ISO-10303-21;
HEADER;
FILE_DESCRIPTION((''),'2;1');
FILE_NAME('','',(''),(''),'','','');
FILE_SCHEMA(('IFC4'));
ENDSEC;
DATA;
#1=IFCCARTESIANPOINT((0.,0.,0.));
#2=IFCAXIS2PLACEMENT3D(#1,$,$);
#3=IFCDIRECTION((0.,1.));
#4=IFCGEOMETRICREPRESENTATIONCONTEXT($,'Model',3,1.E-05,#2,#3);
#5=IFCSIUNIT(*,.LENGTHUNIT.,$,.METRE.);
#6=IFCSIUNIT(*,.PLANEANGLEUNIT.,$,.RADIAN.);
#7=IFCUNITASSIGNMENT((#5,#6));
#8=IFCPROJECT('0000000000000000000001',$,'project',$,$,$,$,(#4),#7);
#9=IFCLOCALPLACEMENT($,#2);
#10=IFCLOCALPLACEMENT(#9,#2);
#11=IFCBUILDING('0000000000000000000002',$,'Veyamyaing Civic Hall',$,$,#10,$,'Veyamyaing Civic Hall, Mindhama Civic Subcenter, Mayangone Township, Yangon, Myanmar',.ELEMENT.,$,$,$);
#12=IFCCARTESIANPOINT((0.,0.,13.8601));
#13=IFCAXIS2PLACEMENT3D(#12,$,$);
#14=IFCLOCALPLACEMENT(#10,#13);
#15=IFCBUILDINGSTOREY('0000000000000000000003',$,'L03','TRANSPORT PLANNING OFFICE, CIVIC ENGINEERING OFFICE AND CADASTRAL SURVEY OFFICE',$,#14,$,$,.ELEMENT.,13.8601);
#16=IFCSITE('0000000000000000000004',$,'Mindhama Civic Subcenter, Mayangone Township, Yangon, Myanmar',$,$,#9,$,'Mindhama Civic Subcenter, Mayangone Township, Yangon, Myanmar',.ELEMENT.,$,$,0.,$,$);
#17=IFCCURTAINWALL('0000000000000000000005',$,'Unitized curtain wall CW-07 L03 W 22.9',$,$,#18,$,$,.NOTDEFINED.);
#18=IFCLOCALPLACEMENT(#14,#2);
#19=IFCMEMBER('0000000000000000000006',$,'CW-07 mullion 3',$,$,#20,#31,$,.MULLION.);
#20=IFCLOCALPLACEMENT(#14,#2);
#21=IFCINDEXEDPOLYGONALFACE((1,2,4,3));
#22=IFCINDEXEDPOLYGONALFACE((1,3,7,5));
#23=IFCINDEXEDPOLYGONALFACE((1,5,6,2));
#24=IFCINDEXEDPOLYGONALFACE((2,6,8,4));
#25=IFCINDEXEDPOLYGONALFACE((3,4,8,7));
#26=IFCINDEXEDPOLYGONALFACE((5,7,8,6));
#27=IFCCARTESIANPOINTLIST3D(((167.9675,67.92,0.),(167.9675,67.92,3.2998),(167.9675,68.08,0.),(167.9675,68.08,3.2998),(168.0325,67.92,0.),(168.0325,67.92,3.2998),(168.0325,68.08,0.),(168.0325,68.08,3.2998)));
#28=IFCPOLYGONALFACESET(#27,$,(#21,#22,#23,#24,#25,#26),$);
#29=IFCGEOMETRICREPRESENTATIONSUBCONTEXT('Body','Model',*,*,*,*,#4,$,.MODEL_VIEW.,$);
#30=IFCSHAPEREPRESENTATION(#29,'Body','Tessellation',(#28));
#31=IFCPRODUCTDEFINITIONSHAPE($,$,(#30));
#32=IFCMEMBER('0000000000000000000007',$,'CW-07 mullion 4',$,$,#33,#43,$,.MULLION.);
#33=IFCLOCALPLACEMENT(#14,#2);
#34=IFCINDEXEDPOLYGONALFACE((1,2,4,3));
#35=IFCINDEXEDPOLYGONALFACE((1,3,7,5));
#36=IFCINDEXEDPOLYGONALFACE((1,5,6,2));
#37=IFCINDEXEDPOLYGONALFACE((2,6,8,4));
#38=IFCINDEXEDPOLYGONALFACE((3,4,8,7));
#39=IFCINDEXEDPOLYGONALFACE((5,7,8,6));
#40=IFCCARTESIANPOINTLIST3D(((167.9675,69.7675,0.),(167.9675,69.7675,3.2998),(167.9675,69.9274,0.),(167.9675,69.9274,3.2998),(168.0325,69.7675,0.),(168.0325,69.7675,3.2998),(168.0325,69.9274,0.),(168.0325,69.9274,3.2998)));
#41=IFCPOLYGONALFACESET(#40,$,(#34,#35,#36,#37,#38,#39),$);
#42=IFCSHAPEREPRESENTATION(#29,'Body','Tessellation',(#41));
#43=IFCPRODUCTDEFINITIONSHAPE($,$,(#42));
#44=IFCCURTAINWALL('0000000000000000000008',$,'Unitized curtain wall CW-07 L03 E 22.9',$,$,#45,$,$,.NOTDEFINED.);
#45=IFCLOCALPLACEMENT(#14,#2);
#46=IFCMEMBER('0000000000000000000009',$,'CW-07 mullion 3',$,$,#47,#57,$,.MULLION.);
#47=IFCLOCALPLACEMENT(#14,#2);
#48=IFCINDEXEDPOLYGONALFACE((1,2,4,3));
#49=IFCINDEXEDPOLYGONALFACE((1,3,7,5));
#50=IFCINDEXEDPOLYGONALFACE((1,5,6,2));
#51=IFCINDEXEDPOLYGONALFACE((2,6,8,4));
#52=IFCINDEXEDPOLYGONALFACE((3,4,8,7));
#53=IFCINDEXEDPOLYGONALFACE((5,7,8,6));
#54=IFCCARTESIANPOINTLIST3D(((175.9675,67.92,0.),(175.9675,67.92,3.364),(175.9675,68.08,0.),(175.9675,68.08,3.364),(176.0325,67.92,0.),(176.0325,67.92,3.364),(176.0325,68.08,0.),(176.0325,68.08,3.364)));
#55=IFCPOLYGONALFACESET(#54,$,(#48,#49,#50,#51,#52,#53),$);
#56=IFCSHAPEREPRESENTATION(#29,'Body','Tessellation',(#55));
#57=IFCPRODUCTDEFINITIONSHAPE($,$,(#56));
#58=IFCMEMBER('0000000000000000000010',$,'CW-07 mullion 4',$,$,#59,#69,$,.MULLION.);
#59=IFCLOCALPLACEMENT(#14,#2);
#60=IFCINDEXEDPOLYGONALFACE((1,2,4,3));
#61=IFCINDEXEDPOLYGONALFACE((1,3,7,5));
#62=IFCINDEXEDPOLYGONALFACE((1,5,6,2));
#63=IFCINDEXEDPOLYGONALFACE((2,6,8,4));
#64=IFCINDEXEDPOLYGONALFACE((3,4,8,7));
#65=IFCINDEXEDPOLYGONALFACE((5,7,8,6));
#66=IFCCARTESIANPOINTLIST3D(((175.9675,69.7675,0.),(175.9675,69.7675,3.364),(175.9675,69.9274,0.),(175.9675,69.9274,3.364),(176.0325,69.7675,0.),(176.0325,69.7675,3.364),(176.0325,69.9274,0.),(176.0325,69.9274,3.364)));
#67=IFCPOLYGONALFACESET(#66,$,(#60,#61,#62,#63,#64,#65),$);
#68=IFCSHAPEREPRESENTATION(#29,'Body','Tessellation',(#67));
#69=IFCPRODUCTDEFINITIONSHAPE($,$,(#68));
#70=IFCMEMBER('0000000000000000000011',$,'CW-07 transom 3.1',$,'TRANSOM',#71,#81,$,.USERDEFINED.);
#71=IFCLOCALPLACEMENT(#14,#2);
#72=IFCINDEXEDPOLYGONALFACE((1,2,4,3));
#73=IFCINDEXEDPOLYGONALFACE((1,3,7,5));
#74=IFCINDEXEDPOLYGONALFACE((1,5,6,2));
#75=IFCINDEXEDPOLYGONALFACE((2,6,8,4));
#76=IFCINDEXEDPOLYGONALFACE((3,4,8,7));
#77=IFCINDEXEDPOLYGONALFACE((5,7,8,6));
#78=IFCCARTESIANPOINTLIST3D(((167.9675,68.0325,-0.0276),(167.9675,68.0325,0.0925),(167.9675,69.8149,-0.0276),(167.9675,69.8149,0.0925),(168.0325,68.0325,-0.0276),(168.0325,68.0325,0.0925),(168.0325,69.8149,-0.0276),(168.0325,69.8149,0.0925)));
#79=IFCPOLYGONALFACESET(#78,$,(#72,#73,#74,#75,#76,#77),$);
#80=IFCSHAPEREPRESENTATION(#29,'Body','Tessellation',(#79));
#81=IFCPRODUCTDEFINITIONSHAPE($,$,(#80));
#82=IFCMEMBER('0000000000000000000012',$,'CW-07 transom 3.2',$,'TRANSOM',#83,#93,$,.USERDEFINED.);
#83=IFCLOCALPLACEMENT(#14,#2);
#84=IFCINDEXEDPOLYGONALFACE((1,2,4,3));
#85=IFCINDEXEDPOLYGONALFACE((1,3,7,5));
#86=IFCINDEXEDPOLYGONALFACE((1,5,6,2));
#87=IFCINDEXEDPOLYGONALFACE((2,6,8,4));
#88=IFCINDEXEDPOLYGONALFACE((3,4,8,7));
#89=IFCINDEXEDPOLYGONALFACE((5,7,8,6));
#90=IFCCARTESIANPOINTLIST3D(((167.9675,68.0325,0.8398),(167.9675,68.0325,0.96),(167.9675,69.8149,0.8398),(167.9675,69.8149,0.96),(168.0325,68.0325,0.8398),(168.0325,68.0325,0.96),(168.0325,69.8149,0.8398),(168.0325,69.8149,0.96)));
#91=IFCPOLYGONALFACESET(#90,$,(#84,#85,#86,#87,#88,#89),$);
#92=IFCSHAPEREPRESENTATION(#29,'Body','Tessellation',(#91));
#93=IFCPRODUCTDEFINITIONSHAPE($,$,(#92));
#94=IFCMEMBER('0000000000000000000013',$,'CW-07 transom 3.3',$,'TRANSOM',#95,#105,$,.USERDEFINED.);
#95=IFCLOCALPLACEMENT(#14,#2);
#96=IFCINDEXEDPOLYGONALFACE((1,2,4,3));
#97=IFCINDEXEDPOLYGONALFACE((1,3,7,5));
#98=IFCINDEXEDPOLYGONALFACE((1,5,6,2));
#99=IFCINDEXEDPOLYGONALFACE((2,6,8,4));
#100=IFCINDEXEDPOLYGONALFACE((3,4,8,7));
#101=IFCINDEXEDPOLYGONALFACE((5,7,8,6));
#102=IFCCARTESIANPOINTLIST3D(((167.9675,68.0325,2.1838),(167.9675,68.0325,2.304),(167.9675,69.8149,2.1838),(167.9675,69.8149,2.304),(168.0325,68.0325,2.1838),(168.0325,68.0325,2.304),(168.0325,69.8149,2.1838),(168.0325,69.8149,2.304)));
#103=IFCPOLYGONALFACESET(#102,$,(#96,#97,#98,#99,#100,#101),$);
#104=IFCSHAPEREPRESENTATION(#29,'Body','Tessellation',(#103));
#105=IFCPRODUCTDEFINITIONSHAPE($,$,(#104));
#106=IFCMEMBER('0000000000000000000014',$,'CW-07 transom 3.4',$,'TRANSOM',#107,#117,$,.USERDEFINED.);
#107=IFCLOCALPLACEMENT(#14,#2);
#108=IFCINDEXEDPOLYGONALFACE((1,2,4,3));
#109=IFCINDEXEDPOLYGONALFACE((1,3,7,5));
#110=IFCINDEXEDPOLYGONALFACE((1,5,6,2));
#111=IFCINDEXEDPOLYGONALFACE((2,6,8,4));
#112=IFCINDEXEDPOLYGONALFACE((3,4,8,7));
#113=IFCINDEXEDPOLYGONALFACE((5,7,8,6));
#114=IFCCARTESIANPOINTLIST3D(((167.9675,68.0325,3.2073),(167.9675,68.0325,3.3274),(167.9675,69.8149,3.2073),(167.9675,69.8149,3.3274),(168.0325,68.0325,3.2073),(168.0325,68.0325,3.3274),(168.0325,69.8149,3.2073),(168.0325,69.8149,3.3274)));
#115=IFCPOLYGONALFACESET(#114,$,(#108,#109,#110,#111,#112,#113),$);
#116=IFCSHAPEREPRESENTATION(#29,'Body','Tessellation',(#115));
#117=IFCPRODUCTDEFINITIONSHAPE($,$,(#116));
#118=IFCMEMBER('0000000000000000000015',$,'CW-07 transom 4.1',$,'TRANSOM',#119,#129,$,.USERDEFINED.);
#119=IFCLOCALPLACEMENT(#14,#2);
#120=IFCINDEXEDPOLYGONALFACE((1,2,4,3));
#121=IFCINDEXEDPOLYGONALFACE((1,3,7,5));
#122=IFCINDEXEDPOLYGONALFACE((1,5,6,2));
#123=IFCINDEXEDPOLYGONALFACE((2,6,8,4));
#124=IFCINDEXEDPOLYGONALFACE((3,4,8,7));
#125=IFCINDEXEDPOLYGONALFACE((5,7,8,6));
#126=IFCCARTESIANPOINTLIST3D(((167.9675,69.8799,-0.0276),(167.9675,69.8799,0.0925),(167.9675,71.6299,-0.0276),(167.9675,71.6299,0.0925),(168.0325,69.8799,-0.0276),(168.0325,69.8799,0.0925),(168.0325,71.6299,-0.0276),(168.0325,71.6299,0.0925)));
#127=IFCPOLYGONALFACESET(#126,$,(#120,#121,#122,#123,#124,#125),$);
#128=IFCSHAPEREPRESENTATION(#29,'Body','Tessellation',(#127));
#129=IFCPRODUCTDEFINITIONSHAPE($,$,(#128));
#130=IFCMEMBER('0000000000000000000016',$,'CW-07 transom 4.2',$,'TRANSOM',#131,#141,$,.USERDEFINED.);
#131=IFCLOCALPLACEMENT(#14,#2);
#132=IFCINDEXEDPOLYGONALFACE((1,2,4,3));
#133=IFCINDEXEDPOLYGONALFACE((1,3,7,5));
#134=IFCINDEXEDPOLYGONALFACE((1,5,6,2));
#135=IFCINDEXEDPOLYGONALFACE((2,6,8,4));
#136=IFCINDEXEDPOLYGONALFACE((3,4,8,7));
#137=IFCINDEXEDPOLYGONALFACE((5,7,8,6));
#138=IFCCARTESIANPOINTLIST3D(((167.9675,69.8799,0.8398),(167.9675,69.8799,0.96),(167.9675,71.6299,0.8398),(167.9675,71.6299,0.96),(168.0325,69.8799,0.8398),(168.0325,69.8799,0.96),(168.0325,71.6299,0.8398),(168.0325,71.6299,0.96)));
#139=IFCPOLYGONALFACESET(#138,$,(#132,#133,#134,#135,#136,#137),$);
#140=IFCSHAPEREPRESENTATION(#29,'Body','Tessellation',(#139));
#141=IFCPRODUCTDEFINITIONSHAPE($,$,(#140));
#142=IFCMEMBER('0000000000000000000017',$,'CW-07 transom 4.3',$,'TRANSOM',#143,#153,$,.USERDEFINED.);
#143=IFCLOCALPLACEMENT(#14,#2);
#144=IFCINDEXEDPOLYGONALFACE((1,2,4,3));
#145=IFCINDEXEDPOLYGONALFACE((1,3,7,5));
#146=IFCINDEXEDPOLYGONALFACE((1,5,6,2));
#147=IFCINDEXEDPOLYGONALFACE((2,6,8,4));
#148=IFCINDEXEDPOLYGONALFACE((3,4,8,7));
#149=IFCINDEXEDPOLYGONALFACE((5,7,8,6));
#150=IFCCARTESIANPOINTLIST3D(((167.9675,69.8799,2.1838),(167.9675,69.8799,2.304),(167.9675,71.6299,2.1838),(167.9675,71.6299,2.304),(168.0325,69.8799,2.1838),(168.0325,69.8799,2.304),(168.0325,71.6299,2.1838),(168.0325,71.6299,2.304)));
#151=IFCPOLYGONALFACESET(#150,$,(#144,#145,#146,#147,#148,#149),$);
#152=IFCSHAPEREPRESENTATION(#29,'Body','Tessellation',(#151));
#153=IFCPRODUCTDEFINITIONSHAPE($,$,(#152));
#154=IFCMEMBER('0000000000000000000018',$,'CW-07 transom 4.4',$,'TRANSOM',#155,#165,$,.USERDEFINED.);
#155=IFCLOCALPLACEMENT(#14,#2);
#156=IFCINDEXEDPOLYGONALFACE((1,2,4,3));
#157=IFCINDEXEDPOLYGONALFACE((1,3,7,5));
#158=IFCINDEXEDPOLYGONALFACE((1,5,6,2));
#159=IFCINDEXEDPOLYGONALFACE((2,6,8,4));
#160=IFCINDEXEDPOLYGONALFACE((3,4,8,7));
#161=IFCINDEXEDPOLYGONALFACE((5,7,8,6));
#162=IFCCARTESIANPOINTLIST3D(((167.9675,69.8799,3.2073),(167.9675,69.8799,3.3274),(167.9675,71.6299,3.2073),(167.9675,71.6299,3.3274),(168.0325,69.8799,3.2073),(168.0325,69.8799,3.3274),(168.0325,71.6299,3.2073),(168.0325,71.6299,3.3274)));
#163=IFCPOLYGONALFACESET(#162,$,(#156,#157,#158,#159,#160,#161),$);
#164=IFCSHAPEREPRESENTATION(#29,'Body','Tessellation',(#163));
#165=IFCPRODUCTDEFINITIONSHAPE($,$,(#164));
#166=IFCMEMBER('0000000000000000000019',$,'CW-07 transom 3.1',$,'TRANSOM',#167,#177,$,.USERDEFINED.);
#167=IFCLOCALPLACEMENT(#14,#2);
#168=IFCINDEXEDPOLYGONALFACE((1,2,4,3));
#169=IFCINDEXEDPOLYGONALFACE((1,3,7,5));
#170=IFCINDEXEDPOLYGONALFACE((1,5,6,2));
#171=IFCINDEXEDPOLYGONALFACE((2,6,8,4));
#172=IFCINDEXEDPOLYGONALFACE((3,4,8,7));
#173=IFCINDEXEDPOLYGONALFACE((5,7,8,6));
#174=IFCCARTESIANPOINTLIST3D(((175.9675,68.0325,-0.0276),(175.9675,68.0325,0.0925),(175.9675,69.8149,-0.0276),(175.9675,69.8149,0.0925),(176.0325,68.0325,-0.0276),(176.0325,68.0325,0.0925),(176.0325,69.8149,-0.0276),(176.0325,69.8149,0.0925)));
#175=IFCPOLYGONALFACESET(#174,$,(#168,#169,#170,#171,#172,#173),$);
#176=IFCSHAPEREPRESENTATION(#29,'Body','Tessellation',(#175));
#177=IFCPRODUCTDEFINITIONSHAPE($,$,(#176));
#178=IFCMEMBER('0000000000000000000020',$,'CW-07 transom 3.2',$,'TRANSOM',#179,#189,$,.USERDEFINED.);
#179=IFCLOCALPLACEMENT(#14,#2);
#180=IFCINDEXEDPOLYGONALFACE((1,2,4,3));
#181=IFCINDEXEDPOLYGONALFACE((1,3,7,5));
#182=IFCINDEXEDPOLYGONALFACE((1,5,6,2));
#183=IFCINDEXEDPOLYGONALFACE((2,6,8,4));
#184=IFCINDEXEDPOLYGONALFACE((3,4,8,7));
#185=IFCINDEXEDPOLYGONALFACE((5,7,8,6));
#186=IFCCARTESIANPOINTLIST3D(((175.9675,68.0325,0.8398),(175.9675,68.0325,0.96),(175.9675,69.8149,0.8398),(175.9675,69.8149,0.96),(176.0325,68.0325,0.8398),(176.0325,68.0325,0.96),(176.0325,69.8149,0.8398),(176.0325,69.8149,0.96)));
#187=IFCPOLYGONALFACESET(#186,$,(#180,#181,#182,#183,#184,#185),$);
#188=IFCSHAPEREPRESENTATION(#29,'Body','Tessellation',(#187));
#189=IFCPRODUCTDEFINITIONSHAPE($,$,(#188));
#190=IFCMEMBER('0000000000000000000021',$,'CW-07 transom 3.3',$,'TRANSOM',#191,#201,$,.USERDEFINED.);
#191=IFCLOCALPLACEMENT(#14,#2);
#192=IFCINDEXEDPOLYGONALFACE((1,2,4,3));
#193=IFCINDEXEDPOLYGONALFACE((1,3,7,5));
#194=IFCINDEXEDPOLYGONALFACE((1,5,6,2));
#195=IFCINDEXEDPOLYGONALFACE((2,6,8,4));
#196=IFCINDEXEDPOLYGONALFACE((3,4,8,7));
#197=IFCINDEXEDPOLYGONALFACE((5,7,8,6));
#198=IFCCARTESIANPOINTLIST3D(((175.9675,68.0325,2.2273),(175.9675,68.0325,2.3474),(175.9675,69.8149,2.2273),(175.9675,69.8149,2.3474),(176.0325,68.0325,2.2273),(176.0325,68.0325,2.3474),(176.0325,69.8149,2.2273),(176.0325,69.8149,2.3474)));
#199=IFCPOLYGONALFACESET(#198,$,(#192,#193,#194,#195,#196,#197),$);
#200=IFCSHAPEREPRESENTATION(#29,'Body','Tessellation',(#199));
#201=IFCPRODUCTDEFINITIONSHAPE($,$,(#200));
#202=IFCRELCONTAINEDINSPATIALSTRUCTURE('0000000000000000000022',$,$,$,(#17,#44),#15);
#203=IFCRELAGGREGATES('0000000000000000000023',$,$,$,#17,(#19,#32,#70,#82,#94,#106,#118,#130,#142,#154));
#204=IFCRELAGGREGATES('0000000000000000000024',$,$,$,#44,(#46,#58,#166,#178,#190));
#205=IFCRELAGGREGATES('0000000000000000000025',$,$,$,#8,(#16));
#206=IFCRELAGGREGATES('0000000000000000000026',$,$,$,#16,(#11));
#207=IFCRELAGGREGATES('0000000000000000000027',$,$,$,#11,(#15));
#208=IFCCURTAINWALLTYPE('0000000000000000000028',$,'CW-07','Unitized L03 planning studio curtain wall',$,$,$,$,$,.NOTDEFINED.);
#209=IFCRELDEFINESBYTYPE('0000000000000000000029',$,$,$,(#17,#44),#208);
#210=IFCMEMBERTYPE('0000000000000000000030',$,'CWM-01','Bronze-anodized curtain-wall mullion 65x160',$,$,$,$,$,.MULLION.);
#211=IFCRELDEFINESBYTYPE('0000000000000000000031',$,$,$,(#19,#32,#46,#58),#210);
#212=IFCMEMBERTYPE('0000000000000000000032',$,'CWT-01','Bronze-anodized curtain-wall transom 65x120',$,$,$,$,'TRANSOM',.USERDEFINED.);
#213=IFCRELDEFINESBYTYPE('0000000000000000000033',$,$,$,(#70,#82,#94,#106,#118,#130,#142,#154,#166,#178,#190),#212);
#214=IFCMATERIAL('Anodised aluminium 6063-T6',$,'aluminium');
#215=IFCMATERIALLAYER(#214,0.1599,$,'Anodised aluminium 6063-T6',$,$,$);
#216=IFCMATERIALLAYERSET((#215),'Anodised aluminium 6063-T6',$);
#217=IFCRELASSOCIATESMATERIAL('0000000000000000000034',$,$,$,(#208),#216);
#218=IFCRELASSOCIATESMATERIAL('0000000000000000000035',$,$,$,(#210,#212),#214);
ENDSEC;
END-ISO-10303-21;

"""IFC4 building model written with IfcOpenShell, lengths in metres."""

from ifc_helpers import new_model, si_unit, direction, frame, origin, origin_2d, place, context, subcontext, project, spatial, rectangle, extrude, material, layer, layer_set, material_profile, profile_set, type_object, element, aggregate, save


model = new_model("IFC4")

# Units and contexts
model_context = context("Model", 3, precision=1e-05, world=origin(), true_north=direction((0.0, 1.0)))
body_context = subcontext(model_context, "Body", "Model", "MODEL_VIEW")
ifc_project = project(units=[si_unit("LENGTHUNIT", "METRE"), si_unit("PLANEANGLEUNIT", "RADIAN")], contexts=[model_context])

# Site, building, storey
site_placement = place(None, origin())
site = spatial("IfcSite", under=ifc_project, at=site_placement, Name="Mindhama Civic Subcenter, Mayangone Township, Yangon, Myanmar", LongName="Mindhama Civic Subcenter, Mayangone Township, Yangon, Myanmar", CompositionType="ELEMENT", RefElevation=0.0)
building_placement = place(site_placement, origin())
building = spatial("IfcBuilding", under=site, at=building_placement, Name="Veyamyaing Civic Hall", LongName="Veyamyaing Civic Hall, Mindhama Civic Subcenter, Mayangone Township, Yangon, Myanmar", CompositionType="ELEMENT")
storey_placement = place(building_placement, frame((0.0, 0.0, 13.8601)))
storey = spatial("IfcBuildingStorey", under=building, at=storey_placement, Name="L03", Description="TRANSPORT PLANNING OFFICE, CIVIC ENGINEERING OFFICE AND CADASTRAL SURVEY OFFICE", CompositionType="ELEMENT", Elevation=13.8601)

# Curtain walls, members
ifc_material_1 = material(Name="Anodised aluminium 6063-T6", Category="aluminium")
ifc_layer_1 = layer(ifc_material_1, 0.1599, Name="Anodised aluminium 6063-T6")
ifc_layer_set_1 = layer_set([ifc_layer_1], Name="Anodised aluminium 6063-T6")
curtain_wall_type = type_object("IfcCurtainWallType", Name="CW-07", Description="Unitized L03 planning studio curtain wall", PredefinedType="NOTDEFINED", material=ifc_layer_set_1)
curtain_wall_1_placement = place(storey_placement, origin())
curtain_wall_1 = element("IfcCurtainWall", 1, at=curtain_wall_1_placement, inside=storey, type_object=curtain_wall_type, Name="Unitized curtain wall CW-07 L03 W 22.9", PredefinedType="NOTDEFINED")
ifc_material_profile_1 = material_profile(ifc_material_1, rectangle(XDim=0.0649, YDim=0.1599, at=origin_2d()), Name="ALU-MUL-65X160")
ifc_profile_set_1 = profile_set([ifc_material_profile_1], Name="Anodised aluminium 6063-T6")
member_type_1 = type_object("IfcMemberType", Name="CWM-01", Description="Bronze-anodized curtain-wall mullion 65x160", PredefinedType="MULLION", material=ifc_profile_set_1)
member_1_placement = place(storey_placement, frame((168.0, 68.0, 0.0), z_axis=(0.0, 0.0, 1.0), x_axis=(-1.0, 0.0, 0.0)))
member_1 = element("IfcMember", 2, at=member_1_placement, type_object=member_type_1, Name="CW-07 mullion 3", PredefinedType="MULLION", context=body_context, shape_type="SweptSolid", body=[
    extrude(rectangle(XDim=0.0649, YDim=0.1599, at=origin_2d()), origin(), (0.0, 0.0, 1.0), 3.2998),
])
member_2_placement = place(storey_placement, frame((168.0, 69.8474, 0.0), z_axis=(0.0, 0.0, 1.0), x_axis=(-1.0, 0.0, 0.0)))
member_2 = element("IfcMember", 3, at=member_2_placement, type_object=member_type_1, Name="CW-07 mullion 4", PredefinedType="MULLION", context=body_context, shape_type="SweptSolid", body=[
    extrude(rectangle(XDim=0.0649, YDim=0.1599, at=origin_2d()), origin(), (0.0, 0.0, 1.0), 3.2998),
])
curtain_wall_2_placement = place(storey_placement, origin())
curtain_wall_2 = element("IfcCurtainWall", 4, at=curtain_wall_2_placement, inside=storey, type_object=curtain_wall_type, Name="Unitized curtain wall CW-07 L03 E 22.9", PredefinedType="NOTDEFINED")
member_3_placement = place(storey_placement, frame((176.0, 68.0, 0.0), z_axis=(0.0, 0.0, 1.0), x_axis=(-1.0, 0.0, 0.0)))
member_3 = element("IfcMember", 5, at=member_3_placement, type_object=member_type_1, Name="CW-07 mullion 3", PredefinedType="MULLION", context=body_context, shape_type="SweptSolid", body=[
    extrude(rectangle(XDim=0.0649, YDim=0.1599, at=origin_2d()), origin(), (0.0, 0.0, 1.0), 3.364),
])
member_4_placement = place(storey_placement, frame((176.0, 69.8474, 0.0), z_axis=(0.0, 0.0, 1.0), x_axis=(-1.0, 0.0, 0.0)))
member_4 = element("IfcMember", 6, at=member_4_placement, type_object=member_type_1, Name="CW-07 mullion 4", PredefinedType="MULLION", context=body_context, shape_type="SweptSolid", body=[
    extrude(rectangle(XDim=0.0649, YDim=0.1599, at=origin_2d()), origin(), (0.0, 0.0, 1.0), 3.364),
])

# Members
ifc_material_profile_2 = material_profile(ifc_material_1, rectangle(XDim=0.0649, YDim=0.1201, at=origin_2d()), Name="ALU-TRN-65X120")
ifc_profile_set_2 = profile_set([ifc_material_profile_2], Name="Anodised aluminium 6063-T6")
member_type_2 = type_object("IfcMemberType", Name="CWT-01", Description="Bronze-anodized curtain-wall transom 65x120", ElementType="TRANSOM", PredefinedType="USERDEFINED", material=ifc_profile_set_2)
member_5_placement = place(storey_placement, frame((168.0, 68.0325, 0.0325), z_axis=(0.0, 1.0, 0.0), x_axis=(-1.0, 0.0, 0.0)))
member_5 = element("IfcMember", 7, at=member_5_placement, type_object=member_type_2, Name="CW-07 transom 3.1", ObjectType="TRANSOM", PredefinedType="USERDEFINED", context=body_context, shape_type="SweptSolid", body=[
    extrude(rectangle(XDim=0.0649, YDim=0.1201, at=origin_2d()), origin(), (0.0, 0.0, 1.0), 1.7825),
])
member_6_placement = place(storey_placement, frame((168.0, 68.0325, 0.8999), z_axis=(0.0, 1.0, 0.0), x_axis=(-1.0, 0.0, 0.0)))
member_6 = element("IfcMember", 8, at=member_6_placement, type_object=member_type_2, Name="CW-07 transom 3.2", ObjectType="TRANSOM", PredefinedType="USERDEFINED", context=body_context, shape_type="SweptSolid", body=[
    extrude(rectangle(XDim=0.0649, YDim=0.1201, at=origin_2d()), origin(), (0.0, 0.0, 1.0), 1.7825),
])
member_7_placement = place(storey_placement, frame((168.0, 68.0325, 2.2439), z_axis=(0.0, 1.0, 0.0), x_axis=(-1.0, 0.0, 0.0)))
member_7 = element("IfcMember", 9, at=member_7_placement, type_object=member_type_2, Name="CW-07 transom 3.3", ObjectType="TRANSOM", PredefinedType="USERDEFINED", context=body_context, shape_type="SweptSolid", body=[
    extrude(rectangle(XDim=0.0649, YDim=0.1201, at=origin_2d()), origin(), (0.0, 0.0, 1.0), 1.7825),
])
member_8_placement = place(storey_placement, frame((168.0, 68.0325, 3.2673), z_axis=(0.0, 1.0, 0.0), x_axis=(-1.0, 0.0, 0.0)))
member_8 = element("IfcMember", 10, at=member_8_placement, type_object=member_type_2, Name="CW-07 transom 3.4", ObjectType="TRANSOM", PredefinedType="USERDEFINED", context=body_context, shape_type="SweptSolid", body=[
    extrude(rectangle(XDim=0.0649, YDim=0.1201, at=origin_2d()), origin(), (0.0, 0.0, 1.0), 1.7825),
])
member_9_placement = place(storey_placement, frame((168.0, 69.8799, 0.0325), z_axis=(0.0, 1.0, 0.0), x_axis=(-1.0, 0.0, 0.0)))
member_9 = element("IfcMember", 11, at=member_9_placement, type_object=member_type_2, Name="CW-07 transom 4.1", ObjectType="TRANSOM", PredefinedType="USERDEFINED", context=body_context, shape_type="SweptSolid", body=[
    extrude(rectangle(XDim=0.0649, YDim=0.1201, at=origin_2d()), origin(), (0.0, 0.0, 1.0), 1.75),
])
member_10_placement = place(storey_placement, frame((168.0, 69.8799, 0.8999), z_axis=(0.0, 1.0, 0.0), x_axis=(-1.0, 0.0, 0.0)))
member_10 = element("IfcMember", 12, at=member_10_placement, type_object=member_type_2, Name="CW-07 transom 4.2", ObjectType="TRANSOM", PredefinedType="USERDEFINED", context=body_context, shape_type="SweptSolid", body=[
    extrude(rectangle(XDim=0.0649, YDim=0.1201, at=origin_2d()), origin(), (0.0, 0.0, 1.0), 1.75),
])
member_11_placement = place(storey_placement, frame((168.0, 69.8799, 2.2439), z_axis=(0.0, 1.0, 0.0), x_axis=(-1.0, 0.0, 0.0)))
member_11 = element("IfcMember", 13, at=member_11_placement, type_object=member_type_2, Name="CW-07 transom 4.3", ObjectType="TRANSOM", PredefinedType="USERDEFINED", context=body_context, shape_type="SweptSolid", body=[
    extrude(rectangle(XDim=0.0649, YDim=0.1201, at=origin_2d()), origin(), (0.0, 0.0, 1.0), 1.75),
])
member_12_placement = place(storey_placement, frame((168.0, 69.8799, 3.2673), z_axis=(0.0, 1.0, 0.0), x_axis=(-1.0, 0.0, 0.0)))
member_12 = element("IfcMember", 14, at=member_12_placement, type_object=member_type_2, Name="CW-07 transom 4.4", ObjectType="TRANSOM", PredefinedType="USERDEFINED", context=body_context, shape_type="SweptSolid", body=[
    extrude(rectangle(XDim=0.0649, YDim=0.1201, at=origin_2d()), origin(), (0.0, 0.0, 1.0), 1.75),
])
member_13_placement = place(storey_placement, frame((176.0, 68.0325, 0.0325), z_axis=(0.0, 1.0, 0.0), x_axis=(-1.0, 0.0, 0.0)))
member_13 = element("IfcMember", 15, at=member_13_placement, type_object=member_type_2, Name="CW-07 transom 3.1", ObjectType="TRANSOM", PredefinedType="USERDEFINED", context=body_context, shape_type="SweptSolid", body=[
    extrude(rectangle(XDim=0.0649, YDim=0.1201, at=origin_2d()), origin(), (0.0, 0.0, 1.0), 1.7825),
])
member_14_placement = place(storey_placement, frame((176.0, 68.0325, 0.8999), z_axis=(0.0, 1.0, 0.0), x_axis=(-1.0, 0.0, 0.0)))
member_14 = element("IfcMember", 16, at=member_14_placement, type_object=member_type_2, Name="CW-07 transom 3.2", ObjectType="TRANSOM", PredefinedType="USERDEFINED", context=body_context, shape_type="SweptSolid", body=[
    extrude(rectangle(XDim=0.0649, YDim=0.1201, at=origin_2d()), origin(), (0.0, 0.0, 1.0), 1.7825),
])
member_15_placement = place(storey_placement, frame((176.0, 68.0325, 2.2874), z_axis=(0.0, 1.0, 0.0), x_axis=(-1.0, 0.0, 0.0)))
member_15 = element("IfcMember", 17, at=member_15_placement, type_object=member_type_2, Name="CW-07 transom 3.3", ObjectType="TRANSOM", PredefinedType="USERDEFINED", context=body_context, shape_type="SweptSolid", body=[
    extrude(rectangle(XDim=0.0649, YDim=0.1201, at=origin_2d()), origin(), (0.0, 0.0, 1.0), 1.7825),
])

aggregate(curtain_wall_1, [member_1, member_2, member_5, member_6, member_7, member_8, member_9, member_10, member_11, member_12])
aggregate(curtain_wall_2, [member_3, member_4, member_13, member_14, member_15])

save(model, "model.ifc")
